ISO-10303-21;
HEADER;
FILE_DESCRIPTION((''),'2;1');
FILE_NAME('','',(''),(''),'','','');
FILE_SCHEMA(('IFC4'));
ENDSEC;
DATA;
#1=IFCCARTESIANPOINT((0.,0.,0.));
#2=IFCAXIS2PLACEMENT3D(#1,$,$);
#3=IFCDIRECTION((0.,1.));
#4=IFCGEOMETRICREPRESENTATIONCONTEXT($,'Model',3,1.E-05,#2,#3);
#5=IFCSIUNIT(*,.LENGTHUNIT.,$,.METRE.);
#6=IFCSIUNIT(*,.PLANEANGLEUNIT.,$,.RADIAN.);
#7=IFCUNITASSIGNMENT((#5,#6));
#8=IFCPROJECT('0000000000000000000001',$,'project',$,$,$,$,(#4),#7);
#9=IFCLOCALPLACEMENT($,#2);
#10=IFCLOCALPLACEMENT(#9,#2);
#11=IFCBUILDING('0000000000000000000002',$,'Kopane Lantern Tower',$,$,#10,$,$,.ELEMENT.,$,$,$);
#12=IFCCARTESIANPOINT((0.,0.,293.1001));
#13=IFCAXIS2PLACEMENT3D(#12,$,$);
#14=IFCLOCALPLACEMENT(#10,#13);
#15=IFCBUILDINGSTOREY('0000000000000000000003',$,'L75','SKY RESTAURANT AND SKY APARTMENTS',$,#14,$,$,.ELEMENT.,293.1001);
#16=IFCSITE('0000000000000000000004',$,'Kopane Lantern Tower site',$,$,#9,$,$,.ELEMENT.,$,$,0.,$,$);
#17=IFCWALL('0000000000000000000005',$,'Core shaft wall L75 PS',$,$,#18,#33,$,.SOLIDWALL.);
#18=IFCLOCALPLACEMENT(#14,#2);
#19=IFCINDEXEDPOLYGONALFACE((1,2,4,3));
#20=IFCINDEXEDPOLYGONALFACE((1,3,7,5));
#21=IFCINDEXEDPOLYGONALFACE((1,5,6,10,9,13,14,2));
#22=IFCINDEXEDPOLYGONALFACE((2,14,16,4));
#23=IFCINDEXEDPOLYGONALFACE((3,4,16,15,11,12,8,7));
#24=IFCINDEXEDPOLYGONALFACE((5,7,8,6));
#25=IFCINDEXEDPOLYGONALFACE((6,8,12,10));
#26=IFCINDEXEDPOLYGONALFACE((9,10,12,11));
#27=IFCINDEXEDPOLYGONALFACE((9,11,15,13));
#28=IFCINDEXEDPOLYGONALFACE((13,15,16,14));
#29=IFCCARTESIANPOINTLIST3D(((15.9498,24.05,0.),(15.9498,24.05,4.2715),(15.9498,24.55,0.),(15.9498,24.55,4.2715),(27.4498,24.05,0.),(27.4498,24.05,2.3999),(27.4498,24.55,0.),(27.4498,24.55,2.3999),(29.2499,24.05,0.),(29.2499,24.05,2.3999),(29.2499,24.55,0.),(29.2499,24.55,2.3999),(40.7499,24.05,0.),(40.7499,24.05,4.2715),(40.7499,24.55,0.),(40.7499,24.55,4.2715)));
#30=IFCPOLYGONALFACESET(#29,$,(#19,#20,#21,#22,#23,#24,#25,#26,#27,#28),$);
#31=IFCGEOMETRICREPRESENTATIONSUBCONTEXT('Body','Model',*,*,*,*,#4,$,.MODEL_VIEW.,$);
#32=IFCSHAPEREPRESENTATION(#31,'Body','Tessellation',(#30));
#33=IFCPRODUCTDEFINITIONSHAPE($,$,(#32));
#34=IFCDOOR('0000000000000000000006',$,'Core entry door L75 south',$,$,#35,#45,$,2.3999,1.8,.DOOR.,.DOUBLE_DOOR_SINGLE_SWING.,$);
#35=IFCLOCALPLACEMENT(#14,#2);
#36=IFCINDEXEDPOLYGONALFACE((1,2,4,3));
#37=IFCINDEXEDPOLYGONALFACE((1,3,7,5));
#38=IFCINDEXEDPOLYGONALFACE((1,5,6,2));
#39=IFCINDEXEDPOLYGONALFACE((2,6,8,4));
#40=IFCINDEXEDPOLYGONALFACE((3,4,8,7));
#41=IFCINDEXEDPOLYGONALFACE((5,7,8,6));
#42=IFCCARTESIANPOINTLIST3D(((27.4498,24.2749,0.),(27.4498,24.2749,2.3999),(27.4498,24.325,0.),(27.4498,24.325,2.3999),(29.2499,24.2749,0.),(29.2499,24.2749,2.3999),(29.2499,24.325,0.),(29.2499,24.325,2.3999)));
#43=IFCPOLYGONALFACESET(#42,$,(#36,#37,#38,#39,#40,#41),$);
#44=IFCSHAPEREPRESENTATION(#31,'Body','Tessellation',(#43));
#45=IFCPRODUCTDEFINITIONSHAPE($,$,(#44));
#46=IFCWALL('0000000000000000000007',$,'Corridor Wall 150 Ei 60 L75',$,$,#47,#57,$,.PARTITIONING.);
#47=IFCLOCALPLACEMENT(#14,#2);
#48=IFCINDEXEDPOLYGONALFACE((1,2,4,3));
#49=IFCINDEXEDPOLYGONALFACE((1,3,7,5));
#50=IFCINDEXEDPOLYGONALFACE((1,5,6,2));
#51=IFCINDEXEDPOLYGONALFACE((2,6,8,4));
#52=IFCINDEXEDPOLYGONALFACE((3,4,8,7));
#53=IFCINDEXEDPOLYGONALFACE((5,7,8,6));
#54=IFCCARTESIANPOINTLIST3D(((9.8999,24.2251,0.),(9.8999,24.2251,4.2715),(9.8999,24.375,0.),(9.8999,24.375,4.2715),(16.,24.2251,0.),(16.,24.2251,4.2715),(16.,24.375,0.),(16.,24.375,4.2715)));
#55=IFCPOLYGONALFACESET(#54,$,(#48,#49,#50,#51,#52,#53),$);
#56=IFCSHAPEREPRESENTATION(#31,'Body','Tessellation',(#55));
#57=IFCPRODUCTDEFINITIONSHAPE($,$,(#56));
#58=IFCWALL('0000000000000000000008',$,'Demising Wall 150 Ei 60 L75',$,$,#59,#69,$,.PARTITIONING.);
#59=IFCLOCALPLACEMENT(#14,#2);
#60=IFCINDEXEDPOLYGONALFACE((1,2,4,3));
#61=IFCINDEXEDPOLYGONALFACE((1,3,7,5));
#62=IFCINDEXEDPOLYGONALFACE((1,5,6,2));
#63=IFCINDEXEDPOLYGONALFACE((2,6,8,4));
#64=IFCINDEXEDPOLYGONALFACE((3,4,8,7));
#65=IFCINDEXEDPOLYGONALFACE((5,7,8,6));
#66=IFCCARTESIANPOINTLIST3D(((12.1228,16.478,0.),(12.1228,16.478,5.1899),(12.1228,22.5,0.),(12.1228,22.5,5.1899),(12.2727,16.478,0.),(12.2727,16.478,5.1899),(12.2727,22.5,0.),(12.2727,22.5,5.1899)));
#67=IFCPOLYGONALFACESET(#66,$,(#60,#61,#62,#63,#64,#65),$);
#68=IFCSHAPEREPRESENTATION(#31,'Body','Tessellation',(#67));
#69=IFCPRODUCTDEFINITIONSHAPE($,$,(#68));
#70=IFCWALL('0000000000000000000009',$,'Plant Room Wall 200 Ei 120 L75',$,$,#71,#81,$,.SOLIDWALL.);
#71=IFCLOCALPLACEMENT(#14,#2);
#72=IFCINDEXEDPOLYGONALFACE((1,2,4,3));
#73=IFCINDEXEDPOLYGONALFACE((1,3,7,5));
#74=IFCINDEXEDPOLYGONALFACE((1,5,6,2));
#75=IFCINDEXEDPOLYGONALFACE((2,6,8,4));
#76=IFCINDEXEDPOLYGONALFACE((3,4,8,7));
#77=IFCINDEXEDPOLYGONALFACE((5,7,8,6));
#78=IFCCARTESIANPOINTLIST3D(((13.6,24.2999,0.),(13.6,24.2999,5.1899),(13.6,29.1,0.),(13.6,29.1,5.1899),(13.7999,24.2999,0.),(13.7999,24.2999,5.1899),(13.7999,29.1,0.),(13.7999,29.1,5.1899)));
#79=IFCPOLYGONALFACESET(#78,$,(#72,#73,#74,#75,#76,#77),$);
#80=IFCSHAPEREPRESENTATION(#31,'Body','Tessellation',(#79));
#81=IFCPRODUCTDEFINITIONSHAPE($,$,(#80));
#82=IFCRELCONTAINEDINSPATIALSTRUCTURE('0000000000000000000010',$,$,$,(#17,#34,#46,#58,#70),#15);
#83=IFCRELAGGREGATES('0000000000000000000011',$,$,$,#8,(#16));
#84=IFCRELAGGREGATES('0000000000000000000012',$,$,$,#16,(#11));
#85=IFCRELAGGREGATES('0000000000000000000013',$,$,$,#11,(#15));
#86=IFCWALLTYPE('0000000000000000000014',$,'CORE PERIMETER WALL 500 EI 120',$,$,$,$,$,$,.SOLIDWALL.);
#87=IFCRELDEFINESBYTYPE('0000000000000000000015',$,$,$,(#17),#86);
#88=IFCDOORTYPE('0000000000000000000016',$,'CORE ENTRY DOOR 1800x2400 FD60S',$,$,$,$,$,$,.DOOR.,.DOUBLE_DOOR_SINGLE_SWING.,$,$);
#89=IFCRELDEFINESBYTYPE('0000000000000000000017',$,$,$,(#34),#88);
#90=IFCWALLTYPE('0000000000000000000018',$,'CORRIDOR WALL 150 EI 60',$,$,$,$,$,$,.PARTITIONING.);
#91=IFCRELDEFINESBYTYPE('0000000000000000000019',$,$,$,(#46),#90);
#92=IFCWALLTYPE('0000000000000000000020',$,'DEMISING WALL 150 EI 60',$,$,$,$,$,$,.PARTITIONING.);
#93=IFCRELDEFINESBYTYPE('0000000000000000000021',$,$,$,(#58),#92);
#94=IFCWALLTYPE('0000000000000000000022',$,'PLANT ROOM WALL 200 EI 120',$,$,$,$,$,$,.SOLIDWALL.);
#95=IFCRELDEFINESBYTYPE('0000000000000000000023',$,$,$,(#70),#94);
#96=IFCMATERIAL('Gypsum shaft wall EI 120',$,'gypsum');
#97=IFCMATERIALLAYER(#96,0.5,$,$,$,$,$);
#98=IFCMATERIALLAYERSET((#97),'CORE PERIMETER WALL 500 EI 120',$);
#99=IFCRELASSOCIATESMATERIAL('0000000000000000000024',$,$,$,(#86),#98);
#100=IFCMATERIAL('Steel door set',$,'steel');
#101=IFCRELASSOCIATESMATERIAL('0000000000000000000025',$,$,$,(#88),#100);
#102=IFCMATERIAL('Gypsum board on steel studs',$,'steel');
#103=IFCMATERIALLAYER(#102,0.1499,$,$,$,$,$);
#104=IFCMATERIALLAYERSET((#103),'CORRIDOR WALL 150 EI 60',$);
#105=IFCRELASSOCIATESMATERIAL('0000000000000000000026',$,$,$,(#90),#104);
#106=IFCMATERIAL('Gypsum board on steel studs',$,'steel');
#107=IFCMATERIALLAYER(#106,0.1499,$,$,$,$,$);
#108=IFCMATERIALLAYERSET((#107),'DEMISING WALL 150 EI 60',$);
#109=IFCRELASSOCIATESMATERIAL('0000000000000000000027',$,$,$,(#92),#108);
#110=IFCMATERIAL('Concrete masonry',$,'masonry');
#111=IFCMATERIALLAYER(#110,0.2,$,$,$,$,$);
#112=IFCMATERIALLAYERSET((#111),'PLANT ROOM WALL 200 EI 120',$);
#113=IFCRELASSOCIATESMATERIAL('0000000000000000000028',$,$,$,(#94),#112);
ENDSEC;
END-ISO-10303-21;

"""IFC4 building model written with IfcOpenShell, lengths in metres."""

from ifc_helpers import new_model, si_unit, direction, frame, frame_2d, origin, place, context, subcontext, project, spatial, rectangle, extrude, material, layer, layer_set, type_object, element, fill, save


model = new_model("IFC4")

# Units and contexts
model_context = context("Model", 3, precision=1e-05, world=origin(), true_north=direction((0.0, 1.0)))
body_context = subcontext(model_context, "Body", "Model", "MODEL_VIEW")
ifc_project = project(units=[si_unit("LENGTHUNIT", "METRE"), si_unit("PLANEANGLEUNIT", "RADIAN")], contexts=[model_context])

# Site, building, storey
site_placement = place(None, origin())
site = spatial("IfcSite", under=ifc_project, at=site_placement, Name="Kopane Lantern Tower site", CompositionType="ELEMENT", RefElevation=0.0)
building_placement = place(site_placement, origin())
building = spatial("IfcBuilding", under=site, at=building_placement, Name="Kopane Lantern Tower", CompositionType="ELEMENT")
storey_placement = place(building_placement, frame((0.0, 0.0, 293.1001)))
storey = spatial("IfcBuildingStorey", under=building, at=storey_placement, Name="L75", Description="SKY RESTAURANT AND SKY APARTMENTS", CompositionType="ELEMENT", Elevation=293.1001)

# Wall, opening, door
ifc_material_1 = material(Name="Gypsum shaft wall EI 120", Category="gypsum")
ifc_layer_1 = layer(ifc_material_1, 0.5)
ifc_layer_set_1 = layer_set([ifc_layer_1], Name="CORE PERIMETER WALL 500 EI 120")
wall_type_1 = type_object("IfcWallType", Name="CORE PERIMETER WALL 500 EI 120", PredefinedType="SOLIDWALL", material=ifc_layer_set_1)
wall_1_placement = place(storey_placement, frame((15.95, 24.3, 0.0), z_axis=(0.0, 0.0, 1.0), x_axis=(1.0, 0.0, 0.0)))
wall_1 = element("IfcWall", 1, at=wall_1_placement, inside=storey, type_object=wall_type_1, Name="Core shaft wall L75 PS", PredefinedType="SOLIDWALL", context=body_context, shape_type="SweptSolid", body=[
    extrude(rectangle(XDim=24.8, YDim=0.5, at=frame_2d((12.3999, 0.0))), origin(), (0.0, 0.0, 1.0), 4.2715),
])
opening_1_placement = place(wall_1_placement, frame((11.5, 0.0, 0.0)))
opening_1 = element("IfcOpeningElement", 2, at=opening_1_placement, cuts=wall_1, PredefinedType="OPENING", context=body_context, shape_type="SweptSolid", body=[
    extrude(rectangle(XDim=1.8, YDim=2.3999, at=frame_2d((0.8999, 1.2))), frame((0.0, 0.26, 0.0), z_axis=(0.0, -1.0, 0.0), x_axis=(1.0, 0.0, 0.0)), (0.0, 0.0, 1.0), 0.52),
])
ifc_material_2 = material(Name="Steel door set", Category="steel")
door_type_1 = type_object("IfcDoorType", Name="CORE ENTRY DOOR 1800x2400 FD60S", OperationType="DOUBLE_DOOR_SINGLE_SWING", PredefinedType="DOOR", material=ifc_material_2)
door_1_placement = place(opening_1_placement, origin())
door_1 = element("IfcDoor", 3, at=door_1_placement, inside=storey, type_object=door_type_1, Name="Core entry door L75 south", OperationType="DOUBLE_DOOR_SINGLE_SWING", OverallHeight=2.3999, OverallWidth=1.8, PredefinedType="DOOR", context=body_context, shape_type="SweptSolid", body=[
    extrude(rectangle(XDim=1.8, YDim=2.3999, at=frame_2d((0.8999, 1.2))), frame((0.0, 0.0249, 0.0), z_axis=(0.0, -1.0, 0.0), x_axis=(1.0, 0.0, 0.0)), (0.0, 0.0, 1.0), 0.05),
])
fill(opening_1, door_1)

# Walls
ifc_material_3 = material(Name="Gypsum board on steel studs", Category="steel")
ifc_layer_2 = layer(ifc_material_3, 0.1499)
ifc_layer_set_2 = layer_set([ifc_layer_2], Name="CORRIDOR WALL 150 EI 60")
wall_type_2 = type_object("IfcWallType", Name="CORRIDOR WALL 150 EI 60", PredefinedType="PARTITIONING", material=ifc_layer_set_2)
wall_2_placement = place(storey_placement, frame((9.8999, 24.3, 0.0), z_axis=(0.0, 0.0, 1.0), x_axis=(1.0, 0.0, 0.0)))
element("IfcWall", 4, at=wall_2_placement, inside=storey, type_object=wall_type_2, Name="Corridor Wall 150 Ei 60 L75", PredefinedType="PARTITIONING", context=body_context, shape_type="SweptSolid", body=[
    extrude(rectangle(XDim=6.1001, YDim=0.1499, at=frame_2d((3.05, 0.0))), origin(), (0.0, 0.0, 1.0), 4.2715),
])
ifc_material_4 = material(Name="Gypsum board on steel studs", Category="steel")
ifc_layer_3 = layer(ifc_material_4, 0.1499)
ifc_layer_set_3 = layer_set([ifc_layer_3], Name="DEMISING WALL 150 EI 60")
wall_type_3 = type_object("IfcWallType", Name="DEMISING WALL 150 EI 60", PredefinedType="PARTITIONING", material=ifc_layer_set_3)
wall_3_placement = place(storey_placement, frame((12.1978, 22.5, 0.0), z_axis=(0.0, 0.0, 1.0), x_axis=(0.0, -1.0, 0.0)))
element("IfcWall", 5, at=wall_3_placement, inside=storey, type_object=wall_type_3, Name="Demising Wall 150 Ei 60 L75", PredefinedType="PARTITIONING", context=body_context, shape_type="SweptSolid", body=[
    extrude(rectangle(XDim=6.022, YDim=0.1499, at=frame_2d((3.011, 0.0))), origin(), (0.0, 0.0, 1.0), 5.1899),
])
ifc_material_5 = material(Name="Concrete masonry", Category="masonry")
ifc_layer_4 = layer(ifc_material_5, 0.2)
ifc_layer_set_4 = layer_set([ifc_layer_4], Name="PLANT ROOM WALL 200 EI 120")
wall_type_4 = type_object("IfcWallType", Name="PLANT ROOM WALL 200 EI 120", PredefinedType="SOLIDWALL", material=ifc_layer_set_4)
wall_4_placement = place(storey_placement, frame((13.7, 24.3, 0.0), z_axis=(0.0, 0.0, 1.0), x_axis=(0.0, 1.0, 0.0)))
element("IfcWall", 6, at=wall_4_placement, inside=storey, type_object=wall_type_4, Name="Plant Room Wall 200 Ei 120 L75", PredefinedType="SOLIDWALL", context=body_context, shape_type="SweptSolid", body=[
    extrude(rectangle(XDim=4.8, YDim=0.2, at=frame_2d((2.3999, 0.0))), origin(), (0.0, 0.0, 1.0), 5.1899),
])

save(model, "model.ifc")
